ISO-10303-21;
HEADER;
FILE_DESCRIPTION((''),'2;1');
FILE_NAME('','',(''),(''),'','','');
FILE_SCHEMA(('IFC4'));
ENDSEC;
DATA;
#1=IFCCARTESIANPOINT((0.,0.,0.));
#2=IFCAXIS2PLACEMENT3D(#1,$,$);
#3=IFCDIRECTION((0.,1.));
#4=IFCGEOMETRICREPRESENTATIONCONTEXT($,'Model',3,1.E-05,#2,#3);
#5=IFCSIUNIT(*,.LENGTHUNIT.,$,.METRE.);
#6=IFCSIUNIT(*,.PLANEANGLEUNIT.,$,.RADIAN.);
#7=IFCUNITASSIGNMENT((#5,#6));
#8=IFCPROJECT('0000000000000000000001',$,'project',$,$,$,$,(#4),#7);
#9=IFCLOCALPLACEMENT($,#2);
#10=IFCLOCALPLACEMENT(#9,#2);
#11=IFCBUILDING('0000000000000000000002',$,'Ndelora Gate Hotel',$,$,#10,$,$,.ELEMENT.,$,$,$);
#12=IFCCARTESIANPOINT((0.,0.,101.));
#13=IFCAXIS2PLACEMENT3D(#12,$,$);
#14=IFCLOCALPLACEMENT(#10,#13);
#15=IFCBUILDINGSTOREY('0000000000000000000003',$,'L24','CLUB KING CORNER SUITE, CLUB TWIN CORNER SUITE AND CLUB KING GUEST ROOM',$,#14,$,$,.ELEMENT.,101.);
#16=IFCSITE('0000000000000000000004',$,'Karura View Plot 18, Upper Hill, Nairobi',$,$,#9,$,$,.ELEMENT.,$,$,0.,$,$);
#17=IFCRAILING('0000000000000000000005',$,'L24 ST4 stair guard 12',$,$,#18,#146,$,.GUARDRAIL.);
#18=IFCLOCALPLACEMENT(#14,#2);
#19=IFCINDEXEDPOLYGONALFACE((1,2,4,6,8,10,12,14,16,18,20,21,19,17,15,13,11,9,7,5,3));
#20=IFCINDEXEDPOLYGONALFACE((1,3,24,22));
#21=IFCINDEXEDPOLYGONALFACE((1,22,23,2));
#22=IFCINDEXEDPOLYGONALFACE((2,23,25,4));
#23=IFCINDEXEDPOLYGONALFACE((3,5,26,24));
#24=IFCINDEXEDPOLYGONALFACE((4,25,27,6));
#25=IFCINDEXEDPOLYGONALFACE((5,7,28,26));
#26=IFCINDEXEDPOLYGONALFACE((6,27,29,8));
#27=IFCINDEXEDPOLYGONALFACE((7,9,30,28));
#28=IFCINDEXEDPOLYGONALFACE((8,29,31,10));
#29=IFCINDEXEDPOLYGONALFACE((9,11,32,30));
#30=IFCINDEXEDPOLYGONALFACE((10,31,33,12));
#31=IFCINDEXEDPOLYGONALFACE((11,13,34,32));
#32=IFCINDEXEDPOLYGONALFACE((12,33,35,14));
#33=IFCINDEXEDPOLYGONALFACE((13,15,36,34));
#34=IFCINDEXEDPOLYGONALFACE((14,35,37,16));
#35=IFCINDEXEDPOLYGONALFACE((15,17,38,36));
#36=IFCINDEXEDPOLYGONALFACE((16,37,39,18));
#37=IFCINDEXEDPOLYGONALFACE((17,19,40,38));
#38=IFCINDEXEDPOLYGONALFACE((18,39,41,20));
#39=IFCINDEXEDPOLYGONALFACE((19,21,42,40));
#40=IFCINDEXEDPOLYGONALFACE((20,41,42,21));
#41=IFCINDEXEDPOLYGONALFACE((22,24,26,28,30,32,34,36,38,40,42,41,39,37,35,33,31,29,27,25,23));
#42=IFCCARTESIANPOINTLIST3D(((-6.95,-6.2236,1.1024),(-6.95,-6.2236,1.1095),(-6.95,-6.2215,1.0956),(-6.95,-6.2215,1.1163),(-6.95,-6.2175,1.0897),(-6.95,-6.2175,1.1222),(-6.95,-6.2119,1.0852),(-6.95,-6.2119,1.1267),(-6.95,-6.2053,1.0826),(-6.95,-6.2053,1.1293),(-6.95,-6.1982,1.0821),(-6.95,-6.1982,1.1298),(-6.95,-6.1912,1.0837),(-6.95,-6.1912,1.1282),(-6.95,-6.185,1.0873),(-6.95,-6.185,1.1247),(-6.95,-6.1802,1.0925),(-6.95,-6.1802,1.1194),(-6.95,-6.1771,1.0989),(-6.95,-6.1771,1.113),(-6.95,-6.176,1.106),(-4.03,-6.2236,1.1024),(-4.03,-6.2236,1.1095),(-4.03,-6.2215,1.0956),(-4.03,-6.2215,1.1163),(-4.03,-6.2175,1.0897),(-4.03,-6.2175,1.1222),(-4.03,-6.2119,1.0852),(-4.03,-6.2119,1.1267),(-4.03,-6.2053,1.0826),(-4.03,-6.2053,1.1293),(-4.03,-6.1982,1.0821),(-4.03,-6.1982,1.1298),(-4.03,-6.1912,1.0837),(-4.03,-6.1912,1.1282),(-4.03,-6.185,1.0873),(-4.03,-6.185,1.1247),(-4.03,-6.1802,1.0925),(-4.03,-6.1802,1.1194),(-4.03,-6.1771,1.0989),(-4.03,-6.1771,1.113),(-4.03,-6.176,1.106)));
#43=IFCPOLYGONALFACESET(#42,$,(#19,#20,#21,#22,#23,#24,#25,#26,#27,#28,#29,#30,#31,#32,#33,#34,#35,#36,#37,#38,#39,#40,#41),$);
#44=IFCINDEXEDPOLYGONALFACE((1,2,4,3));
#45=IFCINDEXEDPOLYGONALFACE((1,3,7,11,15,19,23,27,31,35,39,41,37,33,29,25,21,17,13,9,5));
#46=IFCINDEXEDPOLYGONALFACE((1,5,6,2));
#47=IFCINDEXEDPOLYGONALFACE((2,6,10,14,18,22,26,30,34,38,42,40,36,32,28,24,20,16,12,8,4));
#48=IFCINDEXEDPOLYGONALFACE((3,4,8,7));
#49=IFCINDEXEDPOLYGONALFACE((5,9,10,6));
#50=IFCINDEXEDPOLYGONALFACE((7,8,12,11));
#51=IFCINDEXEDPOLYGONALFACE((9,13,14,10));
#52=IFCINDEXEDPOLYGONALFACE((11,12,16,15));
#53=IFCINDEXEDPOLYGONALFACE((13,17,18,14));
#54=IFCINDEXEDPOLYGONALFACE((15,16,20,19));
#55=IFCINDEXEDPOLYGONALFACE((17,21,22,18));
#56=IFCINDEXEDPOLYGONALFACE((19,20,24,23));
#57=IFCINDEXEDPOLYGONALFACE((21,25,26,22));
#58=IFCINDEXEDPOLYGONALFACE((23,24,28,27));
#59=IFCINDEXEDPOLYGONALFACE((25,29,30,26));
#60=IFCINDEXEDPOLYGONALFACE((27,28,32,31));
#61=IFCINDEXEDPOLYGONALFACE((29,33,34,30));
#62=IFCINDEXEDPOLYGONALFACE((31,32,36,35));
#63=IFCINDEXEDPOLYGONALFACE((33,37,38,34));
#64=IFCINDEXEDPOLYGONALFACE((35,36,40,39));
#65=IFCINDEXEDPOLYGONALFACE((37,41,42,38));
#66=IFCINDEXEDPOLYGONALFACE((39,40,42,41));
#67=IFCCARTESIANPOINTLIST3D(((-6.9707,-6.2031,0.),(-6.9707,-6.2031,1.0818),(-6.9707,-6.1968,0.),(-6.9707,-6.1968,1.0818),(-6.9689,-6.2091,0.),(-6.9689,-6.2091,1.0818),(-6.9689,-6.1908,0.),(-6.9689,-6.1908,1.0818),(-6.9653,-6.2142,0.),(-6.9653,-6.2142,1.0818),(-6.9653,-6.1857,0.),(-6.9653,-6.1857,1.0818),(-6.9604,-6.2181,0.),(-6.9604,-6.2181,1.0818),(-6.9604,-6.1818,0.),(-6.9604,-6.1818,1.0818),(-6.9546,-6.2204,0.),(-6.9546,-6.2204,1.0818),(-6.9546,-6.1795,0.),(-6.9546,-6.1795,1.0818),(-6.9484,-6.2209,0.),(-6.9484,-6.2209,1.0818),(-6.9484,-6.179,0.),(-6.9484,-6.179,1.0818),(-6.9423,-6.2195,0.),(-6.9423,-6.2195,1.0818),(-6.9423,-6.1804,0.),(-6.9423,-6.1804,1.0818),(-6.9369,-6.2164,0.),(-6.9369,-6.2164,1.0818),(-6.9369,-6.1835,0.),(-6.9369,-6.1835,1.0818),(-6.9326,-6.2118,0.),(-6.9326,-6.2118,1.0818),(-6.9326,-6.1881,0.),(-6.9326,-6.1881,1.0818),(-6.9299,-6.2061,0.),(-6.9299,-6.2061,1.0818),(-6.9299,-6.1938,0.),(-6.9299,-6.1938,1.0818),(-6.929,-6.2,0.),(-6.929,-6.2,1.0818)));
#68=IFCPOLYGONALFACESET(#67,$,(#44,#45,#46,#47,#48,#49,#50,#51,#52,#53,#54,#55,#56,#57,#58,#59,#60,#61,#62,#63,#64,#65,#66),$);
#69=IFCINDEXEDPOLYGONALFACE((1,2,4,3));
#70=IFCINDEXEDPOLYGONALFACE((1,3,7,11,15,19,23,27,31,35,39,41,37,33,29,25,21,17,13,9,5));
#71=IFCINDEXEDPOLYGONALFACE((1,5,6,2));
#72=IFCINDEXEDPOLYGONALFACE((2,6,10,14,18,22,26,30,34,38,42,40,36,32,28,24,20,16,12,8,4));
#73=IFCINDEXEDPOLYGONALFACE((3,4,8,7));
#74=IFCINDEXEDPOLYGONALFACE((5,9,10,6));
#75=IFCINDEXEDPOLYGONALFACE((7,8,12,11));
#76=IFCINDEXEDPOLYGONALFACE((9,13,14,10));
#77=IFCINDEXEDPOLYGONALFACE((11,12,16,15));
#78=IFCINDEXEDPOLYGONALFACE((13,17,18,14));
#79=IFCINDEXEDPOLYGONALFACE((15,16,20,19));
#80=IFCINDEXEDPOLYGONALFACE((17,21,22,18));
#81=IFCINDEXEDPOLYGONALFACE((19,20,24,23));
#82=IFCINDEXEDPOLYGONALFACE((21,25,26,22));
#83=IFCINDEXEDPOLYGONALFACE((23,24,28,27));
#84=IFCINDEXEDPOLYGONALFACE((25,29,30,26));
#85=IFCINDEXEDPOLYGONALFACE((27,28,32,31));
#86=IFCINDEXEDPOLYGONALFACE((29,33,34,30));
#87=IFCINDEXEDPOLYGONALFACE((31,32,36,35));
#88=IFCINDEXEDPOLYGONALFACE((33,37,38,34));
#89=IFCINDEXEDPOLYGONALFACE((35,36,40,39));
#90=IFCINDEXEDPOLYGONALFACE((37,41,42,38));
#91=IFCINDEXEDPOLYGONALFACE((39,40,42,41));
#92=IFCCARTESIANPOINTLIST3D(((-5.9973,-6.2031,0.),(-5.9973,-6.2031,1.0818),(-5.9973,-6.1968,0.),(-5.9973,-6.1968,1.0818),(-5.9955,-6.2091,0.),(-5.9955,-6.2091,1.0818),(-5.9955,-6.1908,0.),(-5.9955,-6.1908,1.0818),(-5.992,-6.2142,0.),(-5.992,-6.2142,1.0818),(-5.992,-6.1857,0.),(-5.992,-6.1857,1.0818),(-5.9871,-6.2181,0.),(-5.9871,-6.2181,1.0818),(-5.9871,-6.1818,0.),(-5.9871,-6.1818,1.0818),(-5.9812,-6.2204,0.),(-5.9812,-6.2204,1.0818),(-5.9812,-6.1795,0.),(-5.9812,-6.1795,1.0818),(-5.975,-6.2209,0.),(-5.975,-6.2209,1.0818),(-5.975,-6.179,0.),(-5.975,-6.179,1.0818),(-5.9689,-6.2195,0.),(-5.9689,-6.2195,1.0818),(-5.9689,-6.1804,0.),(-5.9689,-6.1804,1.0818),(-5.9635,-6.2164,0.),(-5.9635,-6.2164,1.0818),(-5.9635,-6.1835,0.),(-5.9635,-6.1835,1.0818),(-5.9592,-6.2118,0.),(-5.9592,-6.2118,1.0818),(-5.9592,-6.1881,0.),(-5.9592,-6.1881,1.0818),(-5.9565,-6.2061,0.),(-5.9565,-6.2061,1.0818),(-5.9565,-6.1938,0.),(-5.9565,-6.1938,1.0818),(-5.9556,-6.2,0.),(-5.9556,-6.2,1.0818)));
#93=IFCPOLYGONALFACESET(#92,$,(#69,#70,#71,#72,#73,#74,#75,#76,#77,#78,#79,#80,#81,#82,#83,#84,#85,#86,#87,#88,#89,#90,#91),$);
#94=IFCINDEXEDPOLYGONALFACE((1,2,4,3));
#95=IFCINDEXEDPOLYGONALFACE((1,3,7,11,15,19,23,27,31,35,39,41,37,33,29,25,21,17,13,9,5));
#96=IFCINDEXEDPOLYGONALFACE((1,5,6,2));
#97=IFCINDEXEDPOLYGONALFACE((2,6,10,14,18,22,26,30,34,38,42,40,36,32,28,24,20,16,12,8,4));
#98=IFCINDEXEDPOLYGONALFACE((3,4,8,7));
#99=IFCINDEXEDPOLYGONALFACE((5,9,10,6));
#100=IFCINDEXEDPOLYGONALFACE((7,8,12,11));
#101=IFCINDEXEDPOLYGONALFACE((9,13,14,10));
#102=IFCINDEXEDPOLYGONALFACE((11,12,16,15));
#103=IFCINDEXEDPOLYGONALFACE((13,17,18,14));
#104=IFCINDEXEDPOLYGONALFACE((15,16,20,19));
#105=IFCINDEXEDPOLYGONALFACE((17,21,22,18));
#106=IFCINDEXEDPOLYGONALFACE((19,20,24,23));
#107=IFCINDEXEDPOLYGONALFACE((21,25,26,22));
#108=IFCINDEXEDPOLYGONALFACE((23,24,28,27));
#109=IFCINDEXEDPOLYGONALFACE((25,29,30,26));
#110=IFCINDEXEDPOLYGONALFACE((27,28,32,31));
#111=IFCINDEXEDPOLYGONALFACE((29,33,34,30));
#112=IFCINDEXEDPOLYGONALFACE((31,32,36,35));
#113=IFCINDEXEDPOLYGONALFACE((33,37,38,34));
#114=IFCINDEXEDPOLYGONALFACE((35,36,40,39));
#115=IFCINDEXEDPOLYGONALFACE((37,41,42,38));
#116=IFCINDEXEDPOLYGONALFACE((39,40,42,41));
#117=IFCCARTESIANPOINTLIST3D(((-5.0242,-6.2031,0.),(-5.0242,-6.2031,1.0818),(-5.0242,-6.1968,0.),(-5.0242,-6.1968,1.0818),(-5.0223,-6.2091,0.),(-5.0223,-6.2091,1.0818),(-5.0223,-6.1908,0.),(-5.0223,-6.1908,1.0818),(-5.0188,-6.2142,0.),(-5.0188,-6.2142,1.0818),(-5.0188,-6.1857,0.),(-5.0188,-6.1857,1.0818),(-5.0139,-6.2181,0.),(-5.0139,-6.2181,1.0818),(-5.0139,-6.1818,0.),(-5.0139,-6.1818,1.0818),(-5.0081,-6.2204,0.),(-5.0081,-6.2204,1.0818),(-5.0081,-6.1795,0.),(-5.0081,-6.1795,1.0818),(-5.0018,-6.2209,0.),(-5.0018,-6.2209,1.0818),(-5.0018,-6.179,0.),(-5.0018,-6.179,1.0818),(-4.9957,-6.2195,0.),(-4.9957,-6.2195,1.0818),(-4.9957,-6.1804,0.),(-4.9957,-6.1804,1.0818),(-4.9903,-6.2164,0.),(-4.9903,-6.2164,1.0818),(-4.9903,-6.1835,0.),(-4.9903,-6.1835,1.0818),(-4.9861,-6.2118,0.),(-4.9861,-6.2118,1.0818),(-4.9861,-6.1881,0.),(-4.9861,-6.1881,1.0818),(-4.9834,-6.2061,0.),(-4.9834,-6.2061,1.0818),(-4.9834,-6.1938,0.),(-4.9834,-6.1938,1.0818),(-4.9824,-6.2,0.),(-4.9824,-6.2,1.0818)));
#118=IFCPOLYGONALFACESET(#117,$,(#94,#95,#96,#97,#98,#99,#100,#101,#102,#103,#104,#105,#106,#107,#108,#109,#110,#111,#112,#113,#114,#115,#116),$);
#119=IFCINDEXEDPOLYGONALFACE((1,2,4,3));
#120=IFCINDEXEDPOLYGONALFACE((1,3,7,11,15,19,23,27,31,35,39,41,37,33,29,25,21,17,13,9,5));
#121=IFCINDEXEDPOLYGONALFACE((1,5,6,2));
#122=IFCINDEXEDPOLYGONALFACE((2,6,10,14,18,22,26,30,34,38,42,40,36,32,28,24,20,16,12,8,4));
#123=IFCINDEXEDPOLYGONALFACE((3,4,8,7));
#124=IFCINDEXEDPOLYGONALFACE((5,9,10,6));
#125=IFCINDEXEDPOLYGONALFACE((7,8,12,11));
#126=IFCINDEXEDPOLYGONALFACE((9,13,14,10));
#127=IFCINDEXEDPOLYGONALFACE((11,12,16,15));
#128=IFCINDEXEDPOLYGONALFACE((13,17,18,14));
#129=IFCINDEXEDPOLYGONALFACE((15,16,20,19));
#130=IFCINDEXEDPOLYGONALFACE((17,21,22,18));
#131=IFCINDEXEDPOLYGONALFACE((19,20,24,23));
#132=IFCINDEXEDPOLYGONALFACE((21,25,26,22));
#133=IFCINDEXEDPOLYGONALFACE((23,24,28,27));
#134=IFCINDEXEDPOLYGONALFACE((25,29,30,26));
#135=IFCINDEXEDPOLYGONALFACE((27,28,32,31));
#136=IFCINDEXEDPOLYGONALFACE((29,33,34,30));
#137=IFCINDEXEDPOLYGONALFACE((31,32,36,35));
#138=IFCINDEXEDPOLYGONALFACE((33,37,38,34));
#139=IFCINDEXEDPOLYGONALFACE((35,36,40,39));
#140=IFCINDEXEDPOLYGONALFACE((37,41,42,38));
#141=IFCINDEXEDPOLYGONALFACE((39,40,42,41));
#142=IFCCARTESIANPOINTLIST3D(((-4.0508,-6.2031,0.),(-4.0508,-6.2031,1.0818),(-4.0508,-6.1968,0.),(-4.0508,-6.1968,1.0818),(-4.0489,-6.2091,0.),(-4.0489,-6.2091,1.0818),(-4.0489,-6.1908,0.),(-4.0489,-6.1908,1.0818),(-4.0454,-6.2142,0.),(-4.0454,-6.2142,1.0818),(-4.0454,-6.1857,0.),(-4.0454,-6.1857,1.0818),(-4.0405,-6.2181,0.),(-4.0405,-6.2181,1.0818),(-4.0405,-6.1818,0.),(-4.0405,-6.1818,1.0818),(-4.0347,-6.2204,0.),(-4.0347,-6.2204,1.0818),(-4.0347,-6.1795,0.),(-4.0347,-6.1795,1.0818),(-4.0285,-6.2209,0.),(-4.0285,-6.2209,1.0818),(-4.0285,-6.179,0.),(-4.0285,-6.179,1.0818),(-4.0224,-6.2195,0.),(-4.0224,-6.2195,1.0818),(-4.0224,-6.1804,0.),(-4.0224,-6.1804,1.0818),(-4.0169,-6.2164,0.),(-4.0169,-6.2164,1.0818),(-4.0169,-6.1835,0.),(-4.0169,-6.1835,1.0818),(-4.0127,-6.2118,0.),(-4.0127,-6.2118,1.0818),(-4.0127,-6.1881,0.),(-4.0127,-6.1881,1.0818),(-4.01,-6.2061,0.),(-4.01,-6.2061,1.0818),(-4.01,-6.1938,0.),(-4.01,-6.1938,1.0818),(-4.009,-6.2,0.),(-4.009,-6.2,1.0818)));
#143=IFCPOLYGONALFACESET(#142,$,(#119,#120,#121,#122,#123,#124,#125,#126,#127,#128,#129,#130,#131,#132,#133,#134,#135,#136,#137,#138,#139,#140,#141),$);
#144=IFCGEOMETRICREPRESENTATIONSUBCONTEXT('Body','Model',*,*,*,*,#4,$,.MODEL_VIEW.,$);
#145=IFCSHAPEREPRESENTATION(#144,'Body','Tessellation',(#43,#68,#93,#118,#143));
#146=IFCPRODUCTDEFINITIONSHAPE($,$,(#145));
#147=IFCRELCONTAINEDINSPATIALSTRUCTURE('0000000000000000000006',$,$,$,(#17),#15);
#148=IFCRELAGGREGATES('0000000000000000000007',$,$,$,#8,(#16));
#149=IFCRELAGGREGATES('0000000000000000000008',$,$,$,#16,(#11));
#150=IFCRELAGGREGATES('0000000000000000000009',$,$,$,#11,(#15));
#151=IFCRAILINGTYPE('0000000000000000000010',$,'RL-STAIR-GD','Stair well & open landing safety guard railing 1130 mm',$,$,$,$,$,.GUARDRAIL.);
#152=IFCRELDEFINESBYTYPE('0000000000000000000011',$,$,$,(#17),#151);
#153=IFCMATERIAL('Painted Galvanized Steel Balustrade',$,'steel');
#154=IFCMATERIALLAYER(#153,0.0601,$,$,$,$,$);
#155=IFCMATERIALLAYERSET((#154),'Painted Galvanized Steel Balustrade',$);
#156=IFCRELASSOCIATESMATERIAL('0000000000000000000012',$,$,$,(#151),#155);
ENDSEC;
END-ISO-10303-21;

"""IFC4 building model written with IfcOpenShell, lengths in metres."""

from ifc_helpers import new_model, si_unit, direction, frame, origin, origin_2d, place, context, subcontext, project, spatial, circle, extrude, material, layer, layer_set, type_object, element, save


model = new_model("IFC4")

# Units and contexts
model_context = context("Model", 3, precision=1e-05, world=origin(), true_north=direction((0.0, 1.0)))
body_context = subcontext(model_context, "Body", "Model", "MODEL_VIEW")
ifc_project = project(units=[si_unit("LENGTHUNIT", "METRE"), si_unit("PLANEANGLEUNIT", "RADIAN")], contexts=[model_context])

# Site, building, storey
site_placement = place(None, origin())
site = spatial("IfcSite", under=ifc_project, at=site_placement, Name="Karura View Plot 18, Upper Hill, Nairobi", CompositionType="ELEMENT", RefElevation=0.0)
building_placement = place(site_placement, origin())
building = spatial("IfcBuilding", under=site, at=building_placement, Name="Ndelora Gate Hotel", CompositionType="ELEMENT")
storey_placement = place(building_placement, frame((0.0, 0.0, 101.0)))
storey = spatial("IfcBuildingStorey", under=building, at=storey_placement, Name="L24", Description="CLUB KING CORNER SUITE, CLUB TWIN CORNER SUITE AND CLUB KING GUEST ROOM", CompositionType="ELEMENT", Elevation=101.0)

# Railing
ifc_material_1 = material(Name="Painted Galvanized Steel Balustrade", Category="steel")
ifc_layer_1 = layer(ifc_material_1, 0.0601)
ifc_layer_set_1 = layer_set([ifc_layer_1], Name="Painted Galvanized Steel Balustrade")
railing_type = type_object("IfcRailingType", Name="RL-STAIR-GD", Description="Stair well & open landing safety guard railing 1130 mm", PredefinedType="GUARDRAIL", material=ifc_layer_set_1)
railing_1_placement = place(storey_placement, frame((-6.95, -6.2, 0.0)))
element("IfcRailing", 1, at=railing_1_placement, inside=storey, type_object=railing_type, Name="L24 ST4 stair guard 12", PredefinedType="GUARDRAIL", context=body_context, shape_type="SweptSolid", body=[
    extrude(circle(Radius=0.0239, at=origin_2d()), frame((0.0, 0.0, 1.106), z_axis=(1.0, 0.0, 0.0), x_axis=(0.0, 1.0, 0.0)), (0.0, 0.0, 1.0), 2.9199),
    extrude(circle(Radius=0.021, at=origin_2d()), origin(), (0.0, 0.0, 1.0), 1.0818),
    extrude(circle(Radius=0.021, at=origin_2d()), frame((0.9734, 0.0, 0.0)), (0.0, 0.0, 1.0), 1.0818),
    extrude(circle(Radius=0.021, at=origin_2d()), frame((1.9465, 0.0, 0.0)), (0.0, 0.0, 1.0), 1.0818),
    extrude(circle(Radius=0.021, at=origin_2d()), frame((2.9199, 0.0, 0.0)), (0.0, 0.0, 1.0), 1.0818),
])

save(model, "model.ifc")
